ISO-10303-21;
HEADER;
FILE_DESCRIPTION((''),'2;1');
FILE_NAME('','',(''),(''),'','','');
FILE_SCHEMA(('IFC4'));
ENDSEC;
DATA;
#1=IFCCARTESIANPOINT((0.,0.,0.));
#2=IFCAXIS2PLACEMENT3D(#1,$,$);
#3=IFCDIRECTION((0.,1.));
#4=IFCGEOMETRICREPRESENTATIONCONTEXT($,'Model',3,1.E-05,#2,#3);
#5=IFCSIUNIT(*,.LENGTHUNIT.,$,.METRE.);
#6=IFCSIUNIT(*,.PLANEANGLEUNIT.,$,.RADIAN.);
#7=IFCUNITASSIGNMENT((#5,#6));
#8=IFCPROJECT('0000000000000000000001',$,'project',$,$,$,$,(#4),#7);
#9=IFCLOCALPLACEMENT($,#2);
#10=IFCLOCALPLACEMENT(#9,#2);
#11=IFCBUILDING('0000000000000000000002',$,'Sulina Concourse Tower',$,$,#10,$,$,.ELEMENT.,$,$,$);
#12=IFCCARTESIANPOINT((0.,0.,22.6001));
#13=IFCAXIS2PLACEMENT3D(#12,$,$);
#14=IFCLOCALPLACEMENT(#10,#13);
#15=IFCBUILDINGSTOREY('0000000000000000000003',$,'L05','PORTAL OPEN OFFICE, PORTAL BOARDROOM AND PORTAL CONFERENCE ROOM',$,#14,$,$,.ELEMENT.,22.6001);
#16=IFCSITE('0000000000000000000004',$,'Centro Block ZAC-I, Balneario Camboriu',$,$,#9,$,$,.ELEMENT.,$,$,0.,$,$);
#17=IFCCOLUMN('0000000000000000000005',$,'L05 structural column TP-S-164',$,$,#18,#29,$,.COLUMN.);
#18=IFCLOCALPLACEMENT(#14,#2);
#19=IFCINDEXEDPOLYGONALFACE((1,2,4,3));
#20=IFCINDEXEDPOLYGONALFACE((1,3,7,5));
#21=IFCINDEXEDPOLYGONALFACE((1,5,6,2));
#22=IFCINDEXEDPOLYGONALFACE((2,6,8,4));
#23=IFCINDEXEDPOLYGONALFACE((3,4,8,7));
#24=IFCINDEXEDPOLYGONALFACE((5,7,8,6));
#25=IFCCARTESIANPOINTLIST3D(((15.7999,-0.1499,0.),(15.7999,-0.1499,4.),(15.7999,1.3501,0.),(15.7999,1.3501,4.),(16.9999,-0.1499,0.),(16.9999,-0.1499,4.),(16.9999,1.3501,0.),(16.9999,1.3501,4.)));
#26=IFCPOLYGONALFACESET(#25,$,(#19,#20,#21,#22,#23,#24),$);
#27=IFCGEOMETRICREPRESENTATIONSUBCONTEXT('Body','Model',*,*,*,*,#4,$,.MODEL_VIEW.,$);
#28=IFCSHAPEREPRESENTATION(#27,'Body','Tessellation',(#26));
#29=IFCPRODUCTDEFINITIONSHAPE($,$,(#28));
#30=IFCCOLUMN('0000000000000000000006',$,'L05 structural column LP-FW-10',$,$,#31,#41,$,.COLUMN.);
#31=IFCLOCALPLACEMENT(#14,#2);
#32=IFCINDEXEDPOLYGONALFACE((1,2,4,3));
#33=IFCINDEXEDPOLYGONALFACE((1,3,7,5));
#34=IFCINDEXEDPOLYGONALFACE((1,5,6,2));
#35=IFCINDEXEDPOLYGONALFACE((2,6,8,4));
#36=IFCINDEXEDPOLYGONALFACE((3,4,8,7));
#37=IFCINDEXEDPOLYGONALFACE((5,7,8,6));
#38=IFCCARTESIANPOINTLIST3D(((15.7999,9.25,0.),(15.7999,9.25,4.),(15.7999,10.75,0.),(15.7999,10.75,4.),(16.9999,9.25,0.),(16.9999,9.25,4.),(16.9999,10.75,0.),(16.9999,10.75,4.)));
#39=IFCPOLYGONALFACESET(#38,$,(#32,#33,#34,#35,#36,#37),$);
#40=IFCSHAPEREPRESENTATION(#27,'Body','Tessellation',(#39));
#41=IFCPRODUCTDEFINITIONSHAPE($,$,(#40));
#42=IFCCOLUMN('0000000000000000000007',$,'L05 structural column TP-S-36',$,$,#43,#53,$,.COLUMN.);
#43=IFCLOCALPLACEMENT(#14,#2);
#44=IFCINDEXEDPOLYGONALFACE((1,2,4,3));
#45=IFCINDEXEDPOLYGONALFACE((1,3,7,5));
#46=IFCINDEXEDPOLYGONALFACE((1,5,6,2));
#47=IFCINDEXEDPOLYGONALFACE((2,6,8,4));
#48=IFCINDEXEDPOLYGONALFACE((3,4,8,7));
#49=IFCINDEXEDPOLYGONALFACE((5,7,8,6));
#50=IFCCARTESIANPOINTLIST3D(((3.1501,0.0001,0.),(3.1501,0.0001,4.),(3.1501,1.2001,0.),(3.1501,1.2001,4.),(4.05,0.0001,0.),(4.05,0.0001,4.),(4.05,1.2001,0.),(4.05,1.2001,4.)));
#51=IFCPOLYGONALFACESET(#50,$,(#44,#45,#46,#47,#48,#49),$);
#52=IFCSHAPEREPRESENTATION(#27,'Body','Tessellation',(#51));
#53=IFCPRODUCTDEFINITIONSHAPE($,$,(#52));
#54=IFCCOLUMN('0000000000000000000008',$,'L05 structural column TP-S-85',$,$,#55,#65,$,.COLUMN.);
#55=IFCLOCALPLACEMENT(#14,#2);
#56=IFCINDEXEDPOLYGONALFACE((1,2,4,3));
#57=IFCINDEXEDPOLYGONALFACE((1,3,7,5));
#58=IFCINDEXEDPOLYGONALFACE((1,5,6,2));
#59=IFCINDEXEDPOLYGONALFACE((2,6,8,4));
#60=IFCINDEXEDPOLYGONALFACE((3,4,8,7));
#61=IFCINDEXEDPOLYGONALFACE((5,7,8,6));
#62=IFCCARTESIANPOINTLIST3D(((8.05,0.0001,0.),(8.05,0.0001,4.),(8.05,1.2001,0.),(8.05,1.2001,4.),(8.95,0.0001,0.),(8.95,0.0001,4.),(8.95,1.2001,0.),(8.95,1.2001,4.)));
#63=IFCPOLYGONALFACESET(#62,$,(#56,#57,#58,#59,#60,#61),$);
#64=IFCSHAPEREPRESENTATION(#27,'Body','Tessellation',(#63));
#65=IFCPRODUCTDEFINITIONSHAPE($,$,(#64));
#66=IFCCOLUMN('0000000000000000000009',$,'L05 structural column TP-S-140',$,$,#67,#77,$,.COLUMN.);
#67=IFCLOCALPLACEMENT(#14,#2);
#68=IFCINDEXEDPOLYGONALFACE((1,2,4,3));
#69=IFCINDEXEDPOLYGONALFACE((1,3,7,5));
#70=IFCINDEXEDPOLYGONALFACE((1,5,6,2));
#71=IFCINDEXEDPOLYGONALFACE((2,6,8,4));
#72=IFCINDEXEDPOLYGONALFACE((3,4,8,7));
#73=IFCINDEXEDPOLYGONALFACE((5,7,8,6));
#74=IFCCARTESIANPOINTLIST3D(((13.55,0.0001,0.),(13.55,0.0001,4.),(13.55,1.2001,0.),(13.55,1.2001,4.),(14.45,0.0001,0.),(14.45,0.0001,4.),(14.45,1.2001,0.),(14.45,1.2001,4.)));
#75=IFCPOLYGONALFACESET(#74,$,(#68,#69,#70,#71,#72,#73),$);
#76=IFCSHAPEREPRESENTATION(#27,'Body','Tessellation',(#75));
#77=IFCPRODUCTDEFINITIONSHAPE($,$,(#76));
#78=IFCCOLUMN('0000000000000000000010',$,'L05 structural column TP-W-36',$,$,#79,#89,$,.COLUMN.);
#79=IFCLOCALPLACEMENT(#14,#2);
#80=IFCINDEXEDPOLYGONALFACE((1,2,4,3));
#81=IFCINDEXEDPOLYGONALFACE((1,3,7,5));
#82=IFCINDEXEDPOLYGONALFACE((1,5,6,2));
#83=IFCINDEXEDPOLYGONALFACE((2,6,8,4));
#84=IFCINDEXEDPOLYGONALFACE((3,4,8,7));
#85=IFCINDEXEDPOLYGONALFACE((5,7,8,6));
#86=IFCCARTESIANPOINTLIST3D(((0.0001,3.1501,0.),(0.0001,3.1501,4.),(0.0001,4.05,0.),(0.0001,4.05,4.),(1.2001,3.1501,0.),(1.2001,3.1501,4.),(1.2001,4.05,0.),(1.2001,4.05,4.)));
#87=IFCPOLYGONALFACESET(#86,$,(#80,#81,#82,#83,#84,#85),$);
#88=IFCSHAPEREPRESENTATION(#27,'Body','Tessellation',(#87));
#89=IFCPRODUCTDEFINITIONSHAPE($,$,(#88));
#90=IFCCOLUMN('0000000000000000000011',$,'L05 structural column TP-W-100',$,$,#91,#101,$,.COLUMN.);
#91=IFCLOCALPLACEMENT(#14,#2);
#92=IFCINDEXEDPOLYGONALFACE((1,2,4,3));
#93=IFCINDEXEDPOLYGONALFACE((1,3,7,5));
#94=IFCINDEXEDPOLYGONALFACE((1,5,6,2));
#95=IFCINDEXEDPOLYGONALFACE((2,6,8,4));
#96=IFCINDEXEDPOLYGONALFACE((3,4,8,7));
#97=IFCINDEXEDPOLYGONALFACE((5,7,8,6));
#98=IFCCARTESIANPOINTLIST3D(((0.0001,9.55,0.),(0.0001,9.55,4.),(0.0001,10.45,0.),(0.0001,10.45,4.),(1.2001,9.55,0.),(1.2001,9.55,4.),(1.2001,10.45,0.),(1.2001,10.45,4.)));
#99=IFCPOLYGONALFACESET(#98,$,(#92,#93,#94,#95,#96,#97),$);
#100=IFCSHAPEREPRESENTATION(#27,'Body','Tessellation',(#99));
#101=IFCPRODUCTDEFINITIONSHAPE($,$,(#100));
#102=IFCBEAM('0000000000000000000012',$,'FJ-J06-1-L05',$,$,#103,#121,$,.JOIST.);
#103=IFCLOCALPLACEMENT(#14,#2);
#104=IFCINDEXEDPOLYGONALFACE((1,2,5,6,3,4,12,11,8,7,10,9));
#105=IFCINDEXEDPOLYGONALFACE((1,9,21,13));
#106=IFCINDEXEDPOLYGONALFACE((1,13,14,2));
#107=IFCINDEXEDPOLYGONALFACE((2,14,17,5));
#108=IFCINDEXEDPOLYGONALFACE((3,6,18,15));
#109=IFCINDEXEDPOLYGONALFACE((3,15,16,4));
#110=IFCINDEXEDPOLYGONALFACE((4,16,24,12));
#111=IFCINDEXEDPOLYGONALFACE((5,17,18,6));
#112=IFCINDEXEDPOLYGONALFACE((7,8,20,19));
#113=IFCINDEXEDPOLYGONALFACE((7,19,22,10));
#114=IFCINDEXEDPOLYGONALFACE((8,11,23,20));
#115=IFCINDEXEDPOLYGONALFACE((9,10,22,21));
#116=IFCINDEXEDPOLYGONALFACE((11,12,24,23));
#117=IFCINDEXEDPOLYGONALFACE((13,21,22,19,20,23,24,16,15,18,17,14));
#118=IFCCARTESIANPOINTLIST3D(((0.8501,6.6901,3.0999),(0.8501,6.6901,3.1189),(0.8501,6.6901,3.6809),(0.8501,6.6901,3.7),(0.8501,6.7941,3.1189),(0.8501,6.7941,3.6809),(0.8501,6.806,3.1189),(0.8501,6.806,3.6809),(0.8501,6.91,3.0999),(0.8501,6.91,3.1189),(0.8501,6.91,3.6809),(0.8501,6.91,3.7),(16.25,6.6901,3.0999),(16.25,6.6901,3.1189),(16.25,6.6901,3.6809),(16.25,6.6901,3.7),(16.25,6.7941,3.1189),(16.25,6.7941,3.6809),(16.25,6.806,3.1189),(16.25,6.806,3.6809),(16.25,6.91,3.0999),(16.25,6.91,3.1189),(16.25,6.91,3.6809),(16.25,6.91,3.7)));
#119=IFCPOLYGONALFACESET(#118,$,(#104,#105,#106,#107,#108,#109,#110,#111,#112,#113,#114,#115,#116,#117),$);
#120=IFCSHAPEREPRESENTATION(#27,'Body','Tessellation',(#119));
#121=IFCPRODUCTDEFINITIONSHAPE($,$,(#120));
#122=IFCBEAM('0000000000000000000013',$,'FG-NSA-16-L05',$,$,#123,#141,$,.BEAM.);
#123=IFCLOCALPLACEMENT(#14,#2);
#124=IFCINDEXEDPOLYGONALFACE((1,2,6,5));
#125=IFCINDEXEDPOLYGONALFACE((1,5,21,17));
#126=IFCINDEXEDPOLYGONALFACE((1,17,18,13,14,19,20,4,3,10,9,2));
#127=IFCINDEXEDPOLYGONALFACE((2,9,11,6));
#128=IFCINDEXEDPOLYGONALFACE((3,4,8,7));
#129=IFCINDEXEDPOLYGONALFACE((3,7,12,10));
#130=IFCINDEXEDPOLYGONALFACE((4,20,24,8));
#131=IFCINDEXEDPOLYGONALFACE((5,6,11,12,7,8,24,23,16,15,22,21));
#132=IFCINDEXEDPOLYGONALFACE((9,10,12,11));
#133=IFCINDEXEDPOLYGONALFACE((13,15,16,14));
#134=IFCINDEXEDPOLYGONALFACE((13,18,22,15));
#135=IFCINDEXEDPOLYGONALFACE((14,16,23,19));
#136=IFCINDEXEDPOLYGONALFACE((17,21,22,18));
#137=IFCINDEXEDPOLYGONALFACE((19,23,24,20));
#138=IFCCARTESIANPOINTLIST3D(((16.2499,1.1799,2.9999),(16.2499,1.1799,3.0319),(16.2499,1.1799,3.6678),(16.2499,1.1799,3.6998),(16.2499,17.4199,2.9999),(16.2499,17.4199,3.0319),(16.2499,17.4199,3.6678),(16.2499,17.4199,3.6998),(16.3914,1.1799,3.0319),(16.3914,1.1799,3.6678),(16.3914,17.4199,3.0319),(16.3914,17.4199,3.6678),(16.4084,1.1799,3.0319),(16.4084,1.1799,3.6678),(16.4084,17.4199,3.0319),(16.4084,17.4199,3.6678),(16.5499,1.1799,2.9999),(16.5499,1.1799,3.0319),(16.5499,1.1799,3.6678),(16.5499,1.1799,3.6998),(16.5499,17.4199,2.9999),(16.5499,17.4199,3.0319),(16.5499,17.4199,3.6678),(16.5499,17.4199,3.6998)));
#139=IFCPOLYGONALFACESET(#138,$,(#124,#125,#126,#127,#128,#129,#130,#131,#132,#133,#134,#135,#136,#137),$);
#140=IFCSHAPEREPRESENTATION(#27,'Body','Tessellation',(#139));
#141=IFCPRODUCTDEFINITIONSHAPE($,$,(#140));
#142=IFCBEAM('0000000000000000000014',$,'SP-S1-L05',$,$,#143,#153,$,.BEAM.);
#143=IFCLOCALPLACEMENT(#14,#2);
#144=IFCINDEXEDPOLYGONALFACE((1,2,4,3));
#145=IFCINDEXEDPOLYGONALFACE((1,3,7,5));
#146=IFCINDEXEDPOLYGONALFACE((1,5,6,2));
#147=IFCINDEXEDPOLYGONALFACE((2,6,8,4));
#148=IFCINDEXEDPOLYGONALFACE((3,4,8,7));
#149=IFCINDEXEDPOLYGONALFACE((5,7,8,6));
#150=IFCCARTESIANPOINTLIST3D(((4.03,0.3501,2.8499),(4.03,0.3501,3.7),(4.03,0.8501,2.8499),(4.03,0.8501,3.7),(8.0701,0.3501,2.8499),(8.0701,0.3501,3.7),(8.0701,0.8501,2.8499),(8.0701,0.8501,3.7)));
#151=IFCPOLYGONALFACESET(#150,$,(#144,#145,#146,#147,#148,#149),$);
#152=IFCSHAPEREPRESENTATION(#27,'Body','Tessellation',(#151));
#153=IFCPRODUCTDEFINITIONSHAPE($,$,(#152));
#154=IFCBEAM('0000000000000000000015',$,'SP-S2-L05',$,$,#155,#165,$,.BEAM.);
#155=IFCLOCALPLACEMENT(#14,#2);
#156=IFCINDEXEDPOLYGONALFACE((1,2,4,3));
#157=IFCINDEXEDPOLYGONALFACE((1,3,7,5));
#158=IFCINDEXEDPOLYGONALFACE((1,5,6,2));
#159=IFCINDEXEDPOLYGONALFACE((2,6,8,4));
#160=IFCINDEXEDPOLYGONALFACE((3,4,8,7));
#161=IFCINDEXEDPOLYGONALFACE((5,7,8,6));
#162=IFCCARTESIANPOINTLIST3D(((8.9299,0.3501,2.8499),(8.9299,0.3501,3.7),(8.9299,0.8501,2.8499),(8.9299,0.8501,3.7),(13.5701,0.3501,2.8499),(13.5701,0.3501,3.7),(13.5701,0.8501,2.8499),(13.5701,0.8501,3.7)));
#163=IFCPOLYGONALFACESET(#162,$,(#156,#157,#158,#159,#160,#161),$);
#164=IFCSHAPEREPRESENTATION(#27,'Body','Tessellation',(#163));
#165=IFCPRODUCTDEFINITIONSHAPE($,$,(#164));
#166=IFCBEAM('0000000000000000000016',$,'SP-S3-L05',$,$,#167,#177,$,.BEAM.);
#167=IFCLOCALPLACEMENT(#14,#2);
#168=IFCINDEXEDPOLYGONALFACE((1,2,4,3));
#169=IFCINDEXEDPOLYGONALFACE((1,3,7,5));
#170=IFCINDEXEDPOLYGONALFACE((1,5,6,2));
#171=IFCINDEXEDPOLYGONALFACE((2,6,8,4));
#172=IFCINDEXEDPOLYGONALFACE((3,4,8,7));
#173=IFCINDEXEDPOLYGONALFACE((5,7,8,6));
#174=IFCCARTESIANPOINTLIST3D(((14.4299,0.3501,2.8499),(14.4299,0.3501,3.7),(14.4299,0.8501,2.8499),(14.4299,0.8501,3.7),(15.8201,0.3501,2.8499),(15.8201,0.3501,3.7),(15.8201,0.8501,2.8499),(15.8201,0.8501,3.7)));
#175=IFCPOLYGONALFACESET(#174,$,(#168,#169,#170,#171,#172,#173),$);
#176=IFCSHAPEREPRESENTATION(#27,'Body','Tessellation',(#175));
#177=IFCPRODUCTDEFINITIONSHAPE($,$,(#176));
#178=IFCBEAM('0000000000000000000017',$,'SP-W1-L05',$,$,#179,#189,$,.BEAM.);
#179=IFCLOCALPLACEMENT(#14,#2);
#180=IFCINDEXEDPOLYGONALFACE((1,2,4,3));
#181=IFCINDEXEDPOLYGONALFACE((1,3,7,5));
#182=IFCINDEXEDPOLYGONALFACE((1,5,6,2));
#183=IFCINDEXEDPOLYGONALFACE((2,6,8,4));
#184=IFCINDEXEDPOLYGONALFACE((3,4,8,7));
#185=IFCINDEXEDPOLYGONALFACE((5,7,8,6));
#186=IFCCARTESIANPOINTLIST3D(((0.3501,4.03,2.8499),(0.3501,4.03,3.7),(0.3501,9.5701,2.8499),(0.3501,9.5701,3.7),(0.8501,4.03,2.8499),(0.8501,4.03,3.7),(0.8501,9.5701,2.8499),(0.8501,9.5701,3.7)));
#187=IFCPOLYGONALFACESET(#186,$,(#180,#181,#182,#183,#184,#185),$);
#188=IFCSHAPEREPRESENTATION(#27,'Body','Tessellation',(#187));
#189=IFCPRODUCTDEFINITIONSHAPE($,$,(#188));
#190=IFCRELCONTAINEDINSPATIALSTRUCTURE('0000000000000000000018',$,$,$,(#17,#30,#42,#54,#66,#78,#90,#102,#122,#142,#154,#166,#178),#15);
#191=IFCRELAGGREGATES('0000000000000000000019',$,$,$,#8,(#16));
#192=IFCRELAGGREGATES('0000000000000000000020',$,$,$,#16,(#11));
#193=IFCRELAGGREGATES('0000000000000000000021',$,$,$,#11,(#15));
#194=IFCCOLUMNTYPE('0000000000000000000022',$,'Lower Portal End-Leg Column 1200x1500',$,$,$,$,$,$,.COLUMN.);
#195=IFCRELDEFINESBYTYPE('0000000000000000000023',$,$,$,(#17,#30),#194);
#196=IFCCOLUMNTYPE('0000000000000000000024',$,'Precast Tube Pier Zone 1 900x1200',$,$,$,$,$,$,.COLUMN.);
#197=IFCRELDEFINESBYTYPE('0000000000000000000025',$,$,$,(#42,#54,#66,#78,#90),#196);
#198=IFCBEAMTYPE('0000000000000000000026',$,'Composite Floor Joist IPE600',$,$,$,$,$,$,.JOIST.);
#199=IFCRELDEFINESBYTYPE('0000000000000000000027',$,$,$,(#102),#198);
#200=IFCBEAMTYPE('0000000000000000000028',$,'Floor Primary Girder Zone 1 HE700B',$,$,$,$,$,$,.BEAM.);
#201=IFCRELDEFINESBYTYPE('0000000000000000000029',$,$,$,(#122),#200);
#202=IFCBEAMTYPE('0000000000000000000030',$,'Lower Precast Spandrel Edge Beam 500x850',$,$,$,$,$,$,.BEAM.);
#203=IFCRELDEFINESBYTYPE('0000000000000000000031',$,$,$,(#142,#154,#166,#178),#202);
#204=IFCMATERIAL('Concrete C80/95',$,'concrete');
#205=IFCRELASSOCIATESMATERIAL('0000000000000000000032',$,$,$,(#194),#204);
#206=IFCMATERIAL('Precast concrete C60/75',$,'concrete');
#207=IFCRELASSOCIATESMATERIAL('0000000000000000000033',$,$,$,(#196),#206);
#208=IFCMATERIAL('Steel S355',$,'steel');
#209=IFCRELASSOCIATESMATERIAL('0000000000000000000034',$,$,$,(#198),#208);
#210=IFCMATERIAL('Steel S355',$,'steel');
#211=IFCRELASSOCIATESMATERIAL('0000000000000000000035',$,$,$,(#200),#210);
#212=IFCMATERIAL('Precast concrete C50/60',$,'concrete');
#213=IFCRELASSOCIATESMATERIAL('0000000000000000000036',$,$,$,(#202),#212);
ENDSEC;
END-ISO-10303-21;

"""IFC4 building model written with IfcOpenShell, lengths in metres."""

from ifc_helpers import new_model, si_unit, direction, frame, origin, origin_2d, place, context, subcontext, project, spatial, rectangle, i_section, extrude, material, material_profile, profile_set, type_object, element, save


model = new_model("IFC4")

# Units and contexts
model_context = context("Model", 3, precision=1e-05, world=origin(), true_north=direction((0.0, 1.0)))
body_context = subcontext(model_context, "Body", "Model", "MODEL_VIEW")
ifc_project = project(units=[si_unit("LENGTHUNIT", "METRE"), si_unit("PLANEANGLEUNIT", "RADIAN")], contexts=[model_context])

# Site, building, storey
site_placement = place(None, origin())
site = spatial("IfcSite", under=ifc_project, at=site_placement, Name="Centro Block ZAC-I, Balneario Camboriu", CompositionType="ELEMENT", RefElevation=0.0)
building_placement = place(site_placement, origin())
building = spatial("IfcBuilding", under=site, at=building_placement, Name="Sulina Concourse Tower", CompositionType="ELEMENT")
storey_placement = place(building_placement, frame((0.0, 0.0, 22.6001)))
storey = spatial("IfcBuildingStorey", under=building, at=storey_placement, Name="L05", Description="PORTAL OPEN OFFICE, PORTAL BOARDROOM AND PORTAL CONFERENCE ROOM", CompositionType="ELEMENT", Elevation=22.6001)

# Columns
ifc_material_1 = material(Name="Concrete C80/95", Category="concrete")
ifc_material_profile_1 = material_profile(ifc_material_1, rectangle(XDim=1.2, YDim=1.5, at=origin_2d()), Name="RC 1200x1500")
ifc_profile_set_1 = profile_set([ifc_material_profile_1], Name="Concrete C80/95")
column_type_1 = type_object("IfcColumnType", Name="Lower Portal End-Leg Column 1200x1500", PredefinedType="COLUMN", material=ifc_profile_set_1)
for number, where, z_axis, x_axis, name in (
    (1, (16.3999, 0.6001, 0.0), (0.0, 0.0, 1.0), (1.0, 0.0, 0.0), "L05 structural column TP-S-164"),
    (2, (16.3999, 10.0, 0.0), (0.0, 0.0, 1.0), (1.0, 0.0, 0.0), "L05 structural column LP-FW-10"),
):
    element("IfcColumn", number, at=place(storey_placement, frame(where, z_axis=z_axis, x_axis=x_axis)), inside=storey, type_object=column_type_1, Name=name, PredefinedType="COLUMN", context=body_context, shape_type="SweptSolid", body=[
        extrude(rectangle(XDim=1.2, YDim=1.5, at=origin_2d()), origin(), (0.0, 0.0, 1.0), 4.0),
    ])
ifc_material_2 = material(Name="Precast concrete C60/75", Category="concrete")
ifc_material_profile_2 = material_profile(ifc_material_2, rectangle(XDim=0.8999, YDim=1.2, at=origin_2d()), Name="PC 900x1200")
ifc_profile_set_2 = profile_set([ifc_material_profile_2], Name="Precast concrete C60/75")
column_type_2 = type_object("IfcColumnType", Name="Precast Tube Pier Zone 1 900x1200", PredefinedType="COLUMN", material=ifc_profile_set_2)
for number, where, z_axis, x_axis, name in (
    (3, (3.6001, 0.6001, 0.0), (0.0, 0.0, 1.0), (1.0, 0.0, 0.0), "L05 structural column TP-S-36"),
    (4, (8.5, 0.6001, 0.0), (0.0, 0.0, 1.0), (1.0, 0.0, 0.0), "L05 structural column TP-S-85"),
    (5, (14.0, 0.6001, 0.0), (0.0, 0.0, 1.0), (1.0, 0.0, 0.0), "L05 structural column TP-S-140"),
    (6, (0.6001, 3.6001, 0.0), (0.0, 0.0, 1.0), (0.0, 1.0, 0.0), "L05 structural column TP-W-36"),
    (7, (0.6001, 10.0, 0.0), (0.0, 0.0, 1.0), (0.0, 1.0, 0.0), "L05 structural column TP-W-100"),
):
    element("IfcColumn", number, at=place(storey_placement, frame(where, z_axis=z_axis, x_axis=x_axis)), inside=storey, type_object=column_type_2, Name=name, PredefinedType="COLUMN", context=body_context, shape_type="SweptSolid", body=[
        extrude(rectangle(XDim=0.8999, YDim=1.2, at=origin_2d()), origin(), (0.0, 0.0, 1.0), 4.0),
    ])

# Beams
ifc_material_3 = material(Name="Steel S355", Category="steel")
ifc_material_profile_3 = material_profile(ifc_material_3, i_section(OverallWidth=0.22, OverallDepth=0.6001, WebThickness=0.012, FlangeThickness=0.019, at=origin_2d()), Name="IPE 600")
ifc_profile_set_3 = profile_set([ifc_material_profile_3], Name="Steel S355")
beam_type_1 = type_object("IfcBeamType", Name="Composite Floor Joist IPE600", PredefinedType="JOIST", material=ifc_profile_set_3)
beam_1_placement = place(storey_placement, frame((0.8501, 6.8, 3.3999), z_axis=(1.0, 0.0, 0.0), x_axis=(0.0, 1.0, 0.0)))
element("IfcBeam", 8, at=beam_1_placement, inside=storey, type_object=beam_type_1, Name="FJ-J06-1-L05", PredefinedType="JOIST", context=body_context, shape_type="SweptSolid", body=[
    extrude(i_section(OverallWidth=0.22, OverallDepth=0.6001, WebThickness=0.012, FlangeThickness=0.019, at=origin_2d()), origin(), (0.0, 0.0, 1.0), 15.3999),
])
ifc_material_4 = material(Name="Steel S355", Category="steel")
ifc_material_profile_4 = material_profile(ifc_material_4, i_section(OverallWidth=0.3, OverallDepth=0.7, WebThickness=0.0171, FlangeThickness=0.032, at=origin_2d()), Name="HE 700 B")
ifc_profile_set_4 = profile_set([ifc_material_profile_4], Name="Steel S355")
beam_type_2 = type_object("IfcBeamType", Name="Floor Primary Girder Zone 1 HE700B", PredefinedType="BEAM", material=ifc_profile_set_4)
beam_2_placement = place(storey_placement, frame((16.3999, 1.1799, 3.3499), z_axis=(0.0, 1.0, 0.0), x_axis=(-1.0, 0.0, 0.0)))
element("IfcBeam", 9, at=beam_2_placement, inside=storey, type_object=beam_type_2, Name="FG-NSA-16-L05", PredefinedType="BEAM", context=body_context, shape_type="SweptSolid", body=[
    extrude(i_section(OverallWidth=0.3, OverallDepth=0.7, WebThickness=0.0171, FlangeThickness=0.032, at=origin_2d()), origin(), (0.0, 0.0, 1.0), 16.24),
])
ifc_material_5 = material(Name="Precast concrete C50/60", Category="concrete")
ifc_material_profile_5 = material_profile(ifc_material_5, rectangle(XDim=0.5, YDim=0.8501, at=origin_2d()), Name="RC 500x850")
ifc_profile_set_5 = profile_set([ifc_material_profile_5], Name="Precast concrete C50/60")
beam_type_3 = type_object("IfcBeamType", Name="Lower Precast Spandrel Edge Beam 500x850", PredefinedType="BEAM", material=ifc_profile_set_5)
beam_3_placement = place(storey_placement, frame((4.03, 0.6001, 3.2749), z_axis=(1.0, 0.0, 0.0), x_axis=(0.0, 1.0, 0.0)))
element("IfcBeam", 10, at=beam_3_placement, inside=storey, type_object=beam_type_3, Name="SP-S1-L05", PredefinedType="BEAM", context=body_context, shape_type="SweptSolid", body=[
    extrude(rectangle(XDim=0.5, YDim=0.8501, at=origin_2d()), origin(), (0.0, 0.0, 1.0), 4.04),
])
beam_4_placement = place(storey_placement, frame((8.9299, 0.6001, 3.2749), z_axis=(1.0, 0.0, 0.0), x_axis=(0.0, 1.0, 0.0)))
element("IfcBeam", 11, at=beam_4_placement, inside=storey, type_object=beam_type_3, Name="SP-S2-L05", PredefinedType="BEAM", context=body_context, shape_type="SweptSolid", body=[
    extrude(rectangle(XDim=0.5, YDim=0.8501, at=origin_2d()), origin(), (0.0, 0.0, 1.0), 4.6401),
])
beam_5_placement = place(storey_placement, frame((14.4299, 0.6001, 3.2749), z_axis=(1.0, 0.0, 0.0), x_axis=(0.0, 1.0, 0.0)))
element("IfcBeam", 12, at=beam_5_placement, inside=storey, type_object=beam_type_3, Name="SP-S3-L05", PredefinedType="BEAM", context=body_context, shape_type="SweptSolid", body=[
    extrude(rectangle(XDim=0.5, YDim=0.8501, at=origin_2d()), origin(), (0.0, 0.0, 1.0), 1.3901),
])
beam_6_placement = place(storey_placement, frame((0.6001, 4.03, 3.2749), z_axis=(0.0, 1.0, 0.0), x_axis=(-1.0, 0.0, 0.0)))
element("IfcBeam", 13, at=beam_6_placement, inside=storey, type_object=beam_type_3, Name="SP-W1-L05", PredefinedType="BEAM", context=body_context, shape_type="SweptSolid", body=[
    extrude(rectangle(XDim=0.5, YDim=0.8501, at=origin_2d()), origin(), (0.0, 0.0, 1.0), 5.54),
])

save(model, "model.ifc")
